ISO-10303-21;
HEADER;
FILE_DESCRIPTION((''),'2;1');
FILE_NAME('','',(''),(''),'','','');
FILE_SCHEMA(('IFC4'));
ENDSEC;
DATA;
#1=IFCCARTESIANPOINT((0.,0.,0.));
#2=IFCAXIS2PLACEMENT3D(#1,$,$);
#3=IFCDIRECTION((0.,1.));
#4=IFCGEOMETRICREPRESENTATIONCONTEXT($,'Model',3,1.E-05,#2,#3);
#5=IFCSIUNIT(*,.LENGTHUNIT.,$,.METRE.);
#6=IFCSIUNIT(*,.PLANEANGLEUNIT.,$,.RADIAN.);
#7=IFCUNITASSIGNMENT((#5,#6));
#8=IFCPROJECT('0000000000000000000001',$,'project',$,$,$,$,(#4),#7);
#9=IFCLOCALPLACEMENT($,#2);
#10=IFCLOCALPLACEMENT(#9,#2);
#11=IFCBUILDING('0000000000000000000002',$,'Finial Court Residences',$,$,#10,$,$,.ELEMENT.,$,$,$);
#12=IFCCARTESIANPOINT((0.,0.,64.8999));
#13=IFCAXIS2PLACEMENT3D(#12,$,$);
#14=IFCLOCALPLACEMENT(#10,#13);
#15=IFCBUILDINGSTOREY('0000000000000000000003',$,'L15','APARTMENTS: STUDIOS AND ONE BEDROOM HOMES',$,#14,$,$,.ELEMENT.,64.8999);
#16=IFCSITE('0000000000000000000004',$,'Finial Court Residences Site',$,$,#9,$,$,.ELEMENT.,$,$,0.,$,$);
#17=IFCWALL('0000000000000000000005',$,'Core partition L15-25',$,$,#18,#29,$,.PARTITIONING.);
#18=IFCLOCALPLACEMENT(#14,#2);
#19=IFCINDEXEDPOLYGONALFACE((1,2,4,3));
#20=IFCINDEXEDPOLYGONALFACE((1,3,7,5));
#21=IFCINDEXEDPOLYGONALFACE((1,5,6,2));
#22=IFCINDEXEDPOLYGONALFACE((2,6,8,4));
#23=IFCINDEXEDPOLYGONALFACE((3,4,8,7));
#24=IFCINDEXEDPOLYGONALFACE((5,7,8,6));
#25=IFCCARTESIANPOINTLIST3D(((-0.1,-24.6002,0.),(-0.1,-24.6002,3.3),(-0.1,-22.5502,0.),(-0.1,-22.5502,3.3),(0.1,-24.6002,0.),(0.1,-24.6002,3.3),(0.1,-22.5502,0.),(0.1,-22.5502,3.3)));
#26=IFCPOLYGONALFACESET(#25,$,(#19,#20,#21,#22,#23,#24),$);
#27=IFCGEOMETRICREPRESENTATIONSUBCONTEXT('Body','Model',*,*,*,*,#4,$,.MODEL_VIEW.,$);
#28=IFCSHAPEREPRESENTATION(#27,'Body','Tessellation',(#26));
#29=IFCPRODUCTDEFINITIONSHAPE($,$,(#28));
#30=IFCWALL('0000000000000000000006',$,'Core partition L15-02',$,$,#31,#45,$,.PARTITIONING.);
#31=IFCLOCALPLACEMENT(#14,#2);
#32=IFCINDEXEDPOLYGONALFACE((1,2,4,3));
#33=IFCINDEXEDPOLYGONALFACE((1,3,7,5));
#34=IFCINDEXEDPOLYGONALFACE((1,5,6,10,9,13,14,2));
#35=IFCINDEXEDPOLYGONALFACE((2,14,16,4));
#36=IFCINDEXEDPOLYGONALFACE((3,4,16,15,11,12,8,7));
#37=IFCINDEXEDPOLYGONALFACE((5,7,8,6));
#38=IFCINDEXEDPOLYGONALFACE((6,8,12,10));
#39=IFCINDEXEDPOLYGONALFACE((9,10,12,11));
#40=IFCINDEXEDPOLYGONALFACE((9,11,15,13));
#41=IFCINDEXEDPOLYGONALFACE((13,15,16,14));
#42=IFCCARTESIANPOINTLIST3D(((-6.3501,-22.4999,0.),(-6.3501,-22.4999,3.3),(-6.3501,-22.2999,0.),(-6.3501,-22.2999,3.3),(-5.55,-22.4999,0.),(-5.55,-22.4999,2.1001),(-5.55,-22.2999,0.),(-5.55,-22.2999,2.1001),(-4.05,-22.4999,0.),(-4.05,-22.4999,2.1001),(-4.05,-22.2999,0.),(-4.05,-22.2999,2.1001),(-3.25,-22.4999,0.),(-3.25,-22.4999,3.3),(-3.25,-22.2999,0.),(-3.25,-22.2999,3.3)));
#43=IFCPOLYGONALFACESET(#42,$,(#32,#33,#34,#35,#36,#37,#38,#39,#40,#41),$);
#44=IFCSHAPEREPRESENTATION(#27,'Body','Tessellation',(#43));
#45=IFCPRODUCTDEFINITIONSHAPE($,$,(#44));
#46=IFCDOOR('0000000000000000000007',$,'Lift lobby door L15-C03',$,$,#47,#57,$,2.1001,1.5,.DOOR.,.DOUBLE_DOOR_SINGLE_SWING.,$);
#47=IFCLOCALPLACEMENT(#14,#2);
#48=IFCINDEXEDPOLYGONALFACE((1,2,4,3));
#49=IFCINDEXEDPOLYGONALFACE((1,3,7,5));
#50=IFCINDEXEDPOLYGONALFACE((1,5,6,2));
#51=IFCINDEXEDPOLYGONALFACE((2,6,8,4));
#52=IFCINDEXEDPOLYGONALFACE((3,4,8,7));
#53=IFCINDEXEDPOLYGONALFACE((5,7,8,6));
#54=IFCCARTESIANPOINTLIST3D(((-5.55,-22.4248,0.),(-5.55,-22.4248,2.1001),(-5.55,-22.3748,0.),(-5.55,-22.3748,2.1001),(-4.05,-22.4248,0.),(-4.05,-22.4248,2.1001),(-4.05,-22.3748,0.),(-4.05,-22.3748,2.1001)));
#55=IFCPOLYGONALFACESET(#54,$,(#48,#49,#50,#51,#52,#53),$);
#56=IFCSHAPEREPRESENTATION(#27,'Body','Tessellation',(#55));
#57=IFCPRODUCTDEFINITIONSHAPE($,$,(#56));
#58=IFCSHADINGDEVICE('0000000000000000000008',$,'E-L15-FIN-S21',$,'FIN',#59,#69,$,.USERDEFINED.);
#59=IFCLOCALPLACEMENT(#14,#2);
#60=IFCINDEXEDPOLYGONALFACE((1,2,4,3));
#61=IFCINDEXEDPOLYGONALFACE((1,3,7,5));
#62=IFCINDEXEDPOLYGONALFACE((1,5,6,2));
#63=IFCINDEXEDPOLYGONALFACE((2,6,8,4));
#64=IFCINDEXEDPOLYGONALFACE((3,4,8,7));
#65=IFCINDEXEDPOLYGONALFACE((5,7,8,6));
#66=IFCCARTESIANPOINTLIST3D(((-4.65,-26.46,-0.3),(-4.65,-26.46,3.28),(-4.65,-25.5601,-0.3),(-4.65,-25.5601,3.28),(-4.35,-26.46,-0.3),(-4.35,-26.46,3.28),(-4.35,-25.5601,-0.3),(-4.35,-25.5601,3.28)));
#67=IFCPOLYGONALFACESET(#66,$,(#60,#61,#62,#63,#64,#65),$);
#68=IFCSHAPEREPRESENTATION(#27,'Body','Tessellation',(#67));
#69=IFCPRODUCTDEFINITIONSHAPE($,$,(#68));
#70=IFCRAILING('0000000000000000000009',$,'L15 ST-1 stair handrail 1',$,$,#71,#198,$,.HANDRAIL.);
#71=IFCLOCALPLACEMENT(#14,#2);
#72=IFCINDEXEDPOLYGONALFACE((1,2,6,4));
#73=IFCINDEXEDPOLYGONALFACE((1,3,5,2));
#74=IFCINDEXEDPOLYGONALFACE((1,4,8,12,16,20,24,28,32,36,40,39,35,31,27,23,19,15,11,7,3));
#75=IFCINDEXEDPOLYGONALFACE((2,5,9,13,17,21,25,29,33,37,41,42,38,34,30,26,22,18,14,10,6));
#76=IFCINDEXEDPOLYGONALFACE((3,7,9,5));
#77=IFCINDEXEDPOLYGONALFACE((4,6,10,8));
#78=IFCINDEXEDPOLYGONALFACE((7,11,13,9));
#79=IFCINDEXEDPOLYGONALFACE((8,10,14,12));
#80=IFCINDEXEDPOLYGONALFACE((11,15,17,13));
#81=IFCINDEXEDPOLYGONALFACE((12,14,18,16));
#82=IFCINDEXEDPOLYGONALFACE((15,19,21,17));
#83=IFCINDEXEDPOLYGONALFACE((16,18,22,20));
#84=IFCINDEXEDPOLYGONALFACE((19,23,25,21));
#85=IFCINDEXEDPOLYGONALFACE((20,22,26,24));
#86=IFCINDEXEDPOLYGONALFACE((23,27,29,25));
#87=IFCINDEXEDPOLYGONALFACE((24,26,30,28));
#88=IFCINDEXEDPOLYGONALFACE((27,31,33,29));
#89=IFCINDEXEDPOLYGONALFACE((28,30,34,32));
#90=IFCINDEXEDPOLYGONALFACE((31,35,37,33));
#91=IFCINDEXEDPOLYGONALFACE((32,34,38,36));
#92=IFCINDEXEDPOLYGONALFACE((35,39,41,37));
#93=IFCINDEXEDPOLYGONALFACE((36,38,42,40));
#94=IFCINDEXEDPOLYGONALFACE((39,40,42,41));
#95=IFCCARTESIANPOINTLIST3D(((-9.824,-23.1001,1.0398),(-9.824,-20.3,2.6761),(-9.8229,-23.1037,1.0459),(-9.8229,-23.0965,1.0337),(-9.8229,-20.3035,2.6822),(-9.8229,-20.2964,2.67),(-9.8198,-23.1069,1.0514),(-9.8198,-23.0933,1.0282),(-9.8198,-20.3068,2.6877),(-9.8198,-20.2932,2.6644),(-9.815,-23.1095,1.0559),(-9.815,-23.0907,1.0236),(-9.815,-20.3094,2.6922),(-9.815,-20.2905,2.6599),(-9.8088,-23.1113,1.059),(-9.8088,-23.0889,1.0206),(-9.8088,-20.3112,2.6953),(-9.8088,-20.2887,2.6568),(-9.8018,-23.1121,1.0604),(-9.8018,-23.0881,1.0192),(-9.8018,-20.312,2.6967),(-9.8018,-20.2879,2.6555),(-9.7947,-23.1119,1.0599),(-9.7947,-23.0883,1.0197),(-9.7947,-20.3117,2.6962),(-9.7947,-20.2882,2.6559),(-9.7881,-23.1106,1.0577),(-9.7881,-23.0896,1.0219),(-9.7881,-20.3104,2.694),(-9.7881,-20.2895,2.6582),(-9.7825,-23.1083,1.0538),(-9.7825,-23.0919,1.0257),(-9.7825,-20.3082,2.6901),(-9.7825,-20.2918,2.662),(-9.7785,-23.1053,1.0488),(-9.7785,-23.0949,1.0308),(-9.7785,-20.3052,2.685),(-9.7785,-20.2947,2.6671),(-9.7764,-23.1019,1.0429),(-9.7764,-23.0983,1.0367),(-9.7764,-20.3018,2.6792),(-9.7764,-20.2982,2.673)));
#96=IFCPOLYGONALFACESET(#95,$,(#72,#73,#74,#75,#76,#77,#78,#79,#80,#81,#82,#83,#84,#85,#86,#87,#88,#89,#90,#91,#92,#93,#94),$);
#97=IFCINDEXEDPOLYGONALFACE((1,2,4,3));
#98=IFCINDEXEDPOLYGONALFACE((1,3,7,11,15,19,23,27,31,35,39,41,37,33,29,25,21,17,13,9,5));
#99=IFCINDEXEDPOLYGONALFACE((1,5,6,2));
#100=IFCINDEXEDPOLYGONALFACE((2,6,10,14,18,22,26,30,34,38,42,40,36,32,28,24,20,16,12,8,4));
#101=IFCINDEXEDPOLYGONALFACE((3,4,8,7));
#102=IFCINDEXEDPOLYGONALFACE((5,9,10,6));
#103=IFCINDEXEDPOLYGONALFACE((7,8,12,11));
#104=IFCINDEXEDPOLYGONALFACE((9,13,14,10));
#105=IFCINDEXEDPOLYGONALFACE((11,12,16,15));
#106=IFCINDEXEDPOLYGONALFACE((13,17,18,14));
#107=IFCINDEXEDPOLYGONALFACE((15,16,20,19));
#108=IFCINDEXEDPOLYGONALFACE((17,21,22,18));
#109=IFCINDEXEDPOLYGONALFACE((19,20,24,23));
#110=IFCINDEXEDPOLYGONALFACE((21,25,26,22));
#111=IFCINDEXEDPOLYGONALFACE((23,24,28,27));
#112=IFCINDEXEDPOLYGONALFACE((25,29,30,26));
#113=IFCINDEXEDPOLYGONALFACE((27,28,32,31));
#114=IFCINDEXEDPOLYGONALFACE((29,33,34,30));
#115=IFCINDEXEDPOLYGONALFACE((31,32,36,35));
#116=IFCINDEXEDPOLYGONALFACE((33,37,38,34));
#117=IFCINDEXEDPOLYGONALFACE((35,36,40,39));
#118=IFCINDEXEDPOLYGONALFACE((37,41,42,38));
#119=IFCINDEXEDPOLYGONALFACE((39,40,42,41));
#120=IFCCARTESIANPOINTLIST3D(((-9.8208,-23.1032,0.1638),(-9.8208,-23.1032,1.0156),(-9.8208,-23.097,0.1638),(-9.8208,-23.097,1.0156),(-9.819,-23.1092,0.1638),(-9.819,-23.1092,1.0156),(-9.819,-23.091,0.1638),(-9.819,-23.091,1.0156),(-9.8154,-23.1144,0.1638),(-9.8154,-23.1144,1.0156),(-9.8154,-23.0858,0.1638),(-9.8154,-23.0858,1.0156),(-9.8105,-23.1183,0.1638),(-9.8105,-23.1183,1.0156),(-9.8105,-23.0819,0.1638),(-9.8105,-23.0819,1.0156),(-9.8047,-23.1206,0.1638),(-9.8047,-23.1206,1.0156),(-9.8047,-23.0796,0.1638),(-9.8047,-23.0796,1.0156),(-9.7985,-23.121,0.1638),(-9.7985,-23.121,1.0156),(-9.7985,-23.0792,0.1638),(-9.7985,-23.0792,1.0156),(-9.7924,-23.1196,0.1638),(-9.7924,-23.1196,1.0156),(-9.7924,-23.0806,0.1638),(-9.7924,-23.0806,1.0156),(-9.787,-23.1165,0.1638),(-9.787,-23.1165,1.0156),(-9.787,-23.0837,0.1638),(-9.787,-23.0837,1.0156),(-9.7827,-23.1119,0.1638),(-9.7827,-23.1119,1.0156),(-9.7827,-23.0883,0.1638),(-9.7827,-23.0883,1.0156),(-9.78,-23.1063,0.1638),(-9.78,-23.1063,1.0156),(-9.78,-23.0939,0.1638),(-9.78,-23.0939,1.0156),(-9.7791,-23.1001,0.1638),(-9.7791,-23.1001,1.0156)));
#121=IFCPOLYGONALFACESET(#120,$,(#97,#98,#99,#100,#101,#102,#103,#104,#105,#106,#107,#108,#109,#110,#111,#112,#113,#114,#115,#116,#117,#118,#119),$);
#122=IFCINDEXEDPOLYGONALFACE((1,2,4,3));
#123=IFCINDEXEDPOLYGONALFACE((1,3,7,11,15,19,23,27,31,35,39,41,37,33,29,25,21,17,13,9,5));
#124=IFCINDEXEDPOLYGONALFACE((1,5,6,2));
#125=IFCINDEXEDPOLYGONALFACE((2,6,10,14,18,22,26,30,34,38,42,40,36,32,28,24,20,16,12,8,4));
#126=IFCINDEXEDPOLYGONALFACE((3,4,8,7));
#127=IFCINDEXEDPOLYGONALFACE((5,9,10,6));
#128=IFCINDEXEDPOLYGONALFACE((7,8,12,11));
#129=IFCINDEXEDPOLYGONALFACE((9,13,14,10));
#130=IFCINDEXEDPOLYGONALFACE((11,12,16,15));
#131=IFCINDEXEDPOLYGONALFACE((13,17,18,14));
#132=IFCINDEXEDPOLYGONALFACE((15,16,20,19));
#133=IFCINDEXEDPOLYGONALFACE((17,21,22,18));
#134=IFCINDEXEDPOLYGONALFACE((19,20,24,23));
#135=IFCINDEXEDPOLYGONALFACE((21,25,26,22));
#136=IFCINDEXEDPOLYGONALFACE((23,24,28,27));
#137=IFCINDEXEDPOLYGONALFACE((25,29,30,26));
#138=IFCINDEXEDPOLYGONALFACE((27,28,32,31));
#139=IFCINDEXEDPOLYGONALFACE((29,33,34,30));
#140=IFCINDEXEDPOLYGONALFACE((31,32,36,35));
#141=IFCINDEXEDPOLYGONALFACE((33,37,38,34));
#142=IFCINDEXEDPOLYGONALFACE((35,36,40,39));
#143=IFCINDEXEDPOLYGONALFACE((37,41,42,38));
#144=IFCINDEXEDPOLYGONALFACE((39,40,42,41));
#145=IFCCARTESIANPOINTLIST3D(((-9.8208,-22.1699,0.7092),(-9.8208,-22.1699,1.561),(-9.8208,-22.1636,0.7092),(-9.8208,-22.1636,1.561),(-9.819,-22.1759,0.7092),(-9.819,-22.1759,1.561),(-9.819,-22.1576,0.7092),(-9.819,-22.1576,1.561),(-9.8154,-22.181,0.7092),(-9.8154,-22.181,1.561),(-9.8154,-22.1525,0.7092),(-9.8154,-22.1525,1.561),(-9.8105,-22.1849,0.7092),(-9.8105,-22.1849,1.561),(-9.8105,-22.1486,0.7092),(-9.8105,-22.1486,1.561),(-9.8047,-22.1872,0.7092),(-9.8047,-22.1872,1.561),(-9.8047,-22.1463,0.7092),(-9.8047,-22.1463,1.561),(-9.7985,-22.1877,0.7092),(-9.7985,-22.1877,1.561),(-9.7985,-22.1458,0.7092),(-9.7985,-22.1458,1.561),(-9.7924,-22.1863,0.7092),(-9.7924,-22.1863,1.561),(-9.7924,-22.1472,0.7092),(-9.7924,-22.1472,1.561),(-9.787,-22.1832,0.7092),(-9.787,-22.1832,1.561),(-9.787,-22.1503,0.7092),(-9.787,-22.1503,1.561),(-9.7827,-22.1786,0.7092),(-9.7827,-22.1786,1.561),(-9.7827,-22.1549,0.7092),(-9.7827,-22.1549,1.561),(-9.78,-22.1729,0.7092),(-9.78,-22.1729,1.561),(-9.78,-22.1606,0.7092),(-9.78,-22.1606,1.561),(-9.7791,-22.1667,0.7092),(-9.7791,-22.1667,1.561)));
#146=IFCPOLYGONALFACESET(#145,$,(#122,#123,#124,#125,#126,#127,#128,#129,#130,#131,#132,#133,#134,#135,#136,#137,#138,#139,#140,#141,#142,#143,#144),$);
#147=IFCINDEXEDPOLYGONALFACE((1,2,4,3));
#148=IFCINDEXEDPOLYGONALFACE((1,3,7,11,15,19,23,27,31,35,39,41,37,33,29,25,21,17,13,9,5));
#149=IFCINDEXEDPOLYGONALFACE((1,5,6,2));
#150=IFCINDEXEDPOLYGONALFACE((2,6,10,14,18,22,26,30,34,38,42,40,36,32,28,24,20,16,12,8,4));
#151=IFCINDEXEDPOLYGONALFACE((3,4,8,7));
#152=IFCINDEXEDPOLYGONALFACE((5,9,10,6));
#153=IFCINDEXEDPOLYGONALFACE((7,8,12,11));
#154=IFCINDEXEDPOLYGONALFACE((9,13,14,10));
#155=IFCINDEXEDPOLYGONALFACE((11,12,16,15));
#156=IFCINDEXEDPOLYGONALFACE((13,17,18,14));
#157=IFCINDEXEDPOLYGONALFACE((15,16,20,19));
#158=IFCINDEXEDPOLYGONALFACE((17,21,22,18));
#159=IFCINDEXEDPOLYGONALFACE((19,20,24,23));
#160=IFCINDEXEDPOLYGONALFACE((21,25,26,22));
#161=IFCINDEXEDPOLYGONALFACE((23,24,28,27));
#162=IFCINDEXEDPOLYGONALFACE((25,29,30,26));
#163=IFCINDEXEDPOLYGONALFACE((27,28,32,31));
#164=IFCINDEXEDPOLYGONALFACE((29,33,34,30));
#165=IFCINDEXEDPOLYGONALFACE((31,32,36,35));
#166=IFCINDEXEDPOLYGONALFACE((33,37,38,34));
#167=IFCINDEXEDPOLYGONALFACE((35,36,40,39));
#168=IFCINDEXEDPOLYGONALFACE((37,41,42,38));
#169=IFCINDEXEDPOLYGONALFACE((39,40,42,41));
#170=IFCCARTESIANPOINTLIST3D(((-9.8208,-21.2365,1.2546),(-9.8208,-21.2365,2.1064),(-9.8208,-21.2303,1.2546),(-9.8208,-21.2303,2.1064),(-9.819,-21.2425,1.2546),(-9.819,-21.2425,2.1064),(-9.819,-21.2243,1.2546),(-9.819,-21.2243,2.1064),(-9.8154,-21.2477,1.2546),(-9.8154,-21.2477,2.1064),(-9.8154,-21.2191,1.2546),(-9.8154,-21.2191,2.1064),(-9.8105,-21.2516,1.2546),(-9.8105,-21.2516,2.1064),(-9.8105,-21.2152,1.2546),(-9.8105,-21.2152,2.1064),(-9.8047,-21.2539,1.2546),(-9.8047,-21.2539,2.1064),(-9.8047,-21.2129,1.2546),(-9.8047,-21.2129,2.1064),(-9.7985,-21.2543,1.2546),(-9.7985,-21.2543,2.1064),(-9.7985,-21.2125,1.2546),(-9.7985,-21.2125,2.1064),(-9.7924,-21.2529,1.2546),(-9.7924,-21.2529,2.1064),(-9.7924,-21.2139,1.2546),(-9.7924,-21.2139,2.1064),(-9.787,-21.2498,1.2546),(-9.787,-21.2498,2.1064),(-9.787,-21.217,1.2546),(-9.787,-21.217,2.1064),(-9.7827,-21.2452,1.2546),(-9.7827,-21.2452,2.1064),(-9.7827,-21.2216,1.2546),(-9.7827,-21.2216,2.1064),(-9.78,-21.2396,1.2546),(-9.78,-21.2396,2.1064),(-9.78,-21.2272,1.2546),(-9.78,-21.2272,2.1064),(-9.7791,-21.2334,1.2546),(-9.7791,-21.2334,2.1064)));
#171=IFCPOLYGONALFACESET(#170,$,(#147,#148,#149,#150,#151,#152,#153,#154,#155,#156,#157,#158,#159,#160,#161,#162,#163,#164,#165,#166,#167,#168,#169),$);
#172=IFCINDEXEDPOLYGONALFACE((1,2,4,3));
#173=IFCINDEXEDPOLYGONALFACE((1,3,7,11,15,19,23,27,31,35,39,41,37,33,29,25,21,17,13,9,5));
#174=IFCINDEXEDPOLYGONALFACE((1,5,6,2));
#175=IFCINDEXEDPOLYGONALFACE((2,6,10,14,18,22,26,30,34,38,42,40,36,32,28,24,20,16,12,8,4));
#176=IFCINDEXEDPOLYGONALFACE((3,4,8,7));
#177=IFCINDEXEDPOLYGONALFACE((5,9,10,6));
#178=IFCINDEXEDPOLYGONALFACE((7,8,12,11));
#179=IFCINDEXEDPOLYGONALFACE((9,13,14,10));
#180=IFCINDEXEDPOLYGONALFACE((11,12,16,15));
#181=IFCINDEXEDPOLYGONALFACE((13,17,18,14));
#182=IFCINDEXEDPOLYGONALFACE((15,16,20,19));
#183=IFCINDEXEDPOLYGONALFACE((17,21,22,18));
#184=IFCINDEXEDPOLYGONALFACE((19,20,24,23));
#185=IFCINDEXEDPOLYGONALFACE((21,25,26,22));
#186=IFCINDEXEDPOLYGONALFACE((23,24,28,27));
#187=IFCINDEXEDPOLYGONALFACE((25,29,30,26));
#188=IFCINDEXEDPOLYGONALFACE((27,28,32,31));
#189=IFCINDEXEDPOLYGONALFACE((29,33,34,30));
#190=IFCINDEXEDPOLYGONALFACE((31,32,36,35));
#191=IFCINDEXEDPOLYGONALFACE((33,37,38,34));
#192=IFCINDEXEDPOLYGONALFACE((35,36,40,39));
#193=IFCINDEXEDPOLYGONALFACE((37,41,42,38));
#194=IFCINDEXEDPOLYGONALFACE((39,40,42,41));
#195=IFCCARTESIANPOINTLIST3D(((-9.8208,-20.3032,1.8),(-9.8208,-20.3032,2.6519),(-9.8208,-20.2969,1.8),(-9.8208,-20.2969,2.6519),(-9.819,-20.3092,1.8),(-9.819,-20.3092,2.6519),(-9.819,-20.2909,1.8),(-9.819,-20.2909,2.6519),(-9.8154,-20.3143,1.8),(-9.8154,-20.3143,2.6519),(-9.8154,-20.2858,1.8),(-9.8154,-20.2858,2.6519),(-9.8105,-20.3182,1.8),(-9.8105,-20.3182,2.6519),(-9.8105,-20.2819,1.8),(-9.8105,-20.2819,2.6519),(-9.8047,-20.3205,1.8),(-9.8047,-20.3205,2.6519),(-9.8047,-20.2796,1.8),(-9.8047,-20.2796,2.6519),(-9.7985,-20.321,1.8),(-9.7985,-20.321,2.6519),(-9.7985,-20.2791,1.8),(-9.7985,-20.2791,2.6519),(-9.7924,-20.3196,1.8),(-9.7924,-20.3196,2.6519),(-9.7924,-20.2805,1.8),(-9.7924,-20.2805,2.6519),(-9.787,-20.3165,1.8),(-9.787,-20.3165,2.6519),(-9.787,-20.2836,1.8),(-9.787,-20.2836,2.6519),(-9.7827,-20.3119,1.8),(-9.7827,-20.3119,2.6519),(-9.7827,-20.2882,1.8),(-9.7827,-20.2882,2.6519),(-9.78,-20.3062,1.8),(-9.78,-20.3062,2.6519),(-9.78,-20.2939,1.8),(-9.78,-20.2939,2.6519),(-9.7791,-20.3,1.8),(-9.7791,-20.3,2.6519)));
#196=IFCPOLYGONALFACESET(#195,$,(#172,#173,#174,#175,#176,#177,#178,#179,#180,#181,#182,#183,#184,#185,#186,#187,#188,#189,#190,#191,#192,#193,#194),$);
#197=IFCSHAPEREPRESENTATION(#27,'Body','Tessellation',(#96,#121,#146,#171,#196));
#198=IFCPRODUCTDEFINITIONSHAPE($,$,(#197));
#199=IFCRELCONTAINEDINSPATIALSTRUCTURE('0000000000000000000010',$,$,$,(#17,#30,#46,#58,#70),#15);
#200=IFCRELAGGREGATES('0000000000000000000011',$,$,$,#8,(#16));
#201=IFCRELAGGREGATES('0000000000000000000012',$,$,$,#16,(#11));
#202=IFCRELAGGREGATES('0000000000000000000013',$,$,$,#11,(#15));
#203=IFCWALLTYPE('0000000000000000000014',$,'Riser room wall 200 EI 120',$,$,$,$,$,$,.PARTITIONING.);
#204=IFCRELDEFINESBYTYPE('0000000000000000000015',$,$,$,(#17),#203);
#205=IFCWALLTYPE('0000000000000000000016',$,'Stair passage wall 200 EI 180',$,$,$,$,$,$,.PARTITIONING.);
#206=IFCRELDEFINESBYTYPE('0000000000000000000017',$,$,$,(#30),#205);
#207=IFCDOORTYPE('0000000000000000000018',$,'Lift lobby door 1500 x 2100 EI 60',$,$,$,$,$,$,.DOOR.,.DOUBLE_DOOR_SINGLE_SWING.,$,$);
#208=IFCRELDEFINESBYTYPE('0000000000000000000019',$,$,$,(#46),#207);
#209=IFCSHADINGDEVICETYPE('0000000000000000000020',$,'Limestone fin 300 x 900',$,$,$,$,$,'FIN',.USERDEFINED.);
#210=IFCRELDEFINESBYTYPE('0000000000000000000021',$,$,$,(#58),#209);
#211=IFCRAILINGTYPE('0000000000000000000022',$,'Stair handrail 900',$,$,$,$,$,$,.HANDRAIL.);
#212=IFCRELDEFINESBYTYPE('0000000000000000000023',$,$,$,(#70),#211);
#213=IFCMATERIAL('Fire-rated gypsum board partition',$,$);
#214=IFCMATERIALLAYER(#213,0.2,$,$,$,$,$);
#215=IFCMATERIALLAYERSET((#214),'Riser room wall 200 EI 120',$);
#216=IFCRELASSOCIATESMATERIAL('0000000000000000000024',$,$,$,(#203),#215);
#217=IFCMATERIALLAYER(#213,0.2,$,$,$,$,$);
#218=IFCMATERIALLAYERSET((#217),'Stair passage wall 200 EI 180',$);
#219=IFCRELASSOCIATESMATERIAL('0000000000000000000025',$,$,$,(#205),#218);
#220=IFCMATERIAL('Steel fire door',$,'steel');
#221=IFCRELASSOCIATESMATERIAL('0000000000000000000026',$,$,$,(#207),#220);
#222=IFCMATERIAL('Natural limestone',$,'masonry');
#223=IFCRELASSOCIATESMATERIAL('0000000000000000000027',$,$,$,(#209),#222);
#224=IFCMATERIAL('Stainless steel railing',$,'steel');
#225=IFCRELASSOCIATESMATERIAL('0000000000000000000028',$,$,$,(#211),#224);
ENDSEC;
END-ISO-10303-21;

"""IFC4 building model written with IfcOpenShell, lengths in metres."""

from ifc_helpers import new_model, si_unit, direction, frame, frame_2d, origin, origin_2d, place, context, subcontext, project, spatial, rectangle, circle, extrude, material, layer, layer_set, type_object, element, fill, save


model = new_model("IFC4")

# Units and contexts
model_context = context("Model", 3, precision=1e-05, world=origin(), true_north=direction((0.0, 1.0)))
body_context = subcontext(model_context, "Body", "Model", "MODEL_VIEW")
ifc_project = project(units=[si_unit("LENGTHUNIT", "METRE"), si_unit("PLANEANGLEUNIT", "RADIAN")], contexts=[model_context])

# Site, building, storey
site_placement = place(None, origin())
site = spatial("IfcSite", under=ifc_project, at=site_placement, Name="Finial Court Residences Site", CompositionType="ELEMENT", RefElevation=0.0)
building_placement = place(site_placement, origin())
building = spatial("IfcBuilding", under=site, at=building_placement, Name="Finial Court Residences", CompositionType="ELEMENT")
storey_placement = place(building_placement, frame((0.0, 0.0, 64.8999)))
storey = spatial("IfcBuildingStorey", under=building, at=storey_placement, Name="L15", Description="APARTMENTS: STUDIOS AND ONE BEDROOM HOMES", CompositionType="ELEMENT", Elevation=64.8999)

# Shared definitions
ifc_material_1 = material(Name="Steel fire door", Category="steel")

# Wall
ifc_material_2 = material(Name="Fire-rated gypsum board partition")
ifc_layer_1 = layer(ifc_material_2, 0.2)
ifc_layer_set_1 = layer_set([ifc_layer_1], Name="Riser room wall 200 EI 120")
wall_type_1 = type_object("IfcWallType", Name="Riser room wall 200 EI 120", PredefinedType="PARTITIONING", material=ifc_layer_set_1)
wall_1_placement = place(storey_placement, frame((0.0, -24.6001, 0.0), z_axis=(0.0, 0.0, 1.0), x_axis=(0.0, 1.0, 0.0)))
element("IfcWall", 1, at=wall_1_placement, inside=storey, type_object=wall_type_1, Name="Core partition L15-25", PredefinedType="PARTITIONING", context=body_context, shape_type="SweptSolid", body=[
    extrude(rectangle(XDim=2.05, YDim=0.2, at=frame_2d((1.0249, 0.0))), origin(), (0.0, 0.0, 1.0), 3.3),
])

# Wall, opening, door
ifc_layer_2 = layer(ifc_material_2, 0.2)
ifc_layer_set_2 = layer_set([ifc_layer_2], Name="Stair passage wall 200 EI 180")
wall_type_2 = type_object("IfcWallType", Name="Stair passage wall 200 EI 180", PredefinedType="PARTITIONING", material=ifc_layer_set_2)
wall_2_placement = place(storey_placement, frame((-3.25, -22.3999, 0.0), z_axis=(0.0, 0.0, 1.0), x_axis=(-1.0, 0.0, 0.0)))
wall_2 = element("IfcWall", 2, at=wall_2_placement, inside=storey, type_object=wall_type_2, Name="Core partition L15-02", PredefinedType="PARTITIONING", context=body_context, shape_type="SweptSolid", body=[
    extrude(rectangle(XDim=3.1001, YDim=0.2, at=frame_2d((1.55, 0.0))), origin(), (0.0, 0.0, 1.0), 3.3),
])
opening_1_placement = place(wall_2_placement, frame((0.8, 0.0, 0.0)))
opening_1 = element("IfcOpeningElement", 3, at=opening_1_placement, cuts=wall_2, PredefinedType="OPENING", context=body_context, shape_type="SweptSolid", body=[
    extrude(rectangle(XDim=1.5, YDim=2.1001, at=frame_2d((0.75, 1.05))), frame((0.0, 0.1099, 0.0), z_axis=(0.0, -1.0, 0.0), x_axis=(1.0, 0.0, 0.0)), (0.0, 0.0, 1.0), 0.22),
])
door_type_1 = type_object("IfcDoorType", Name="Lift lobby door 1500 x 2100 EI 60", OperationType="DOUBLE_DOOR_SINGLE_SWING", PredefinedType="DOOR", material=ifc_material_1)
door_1_placement = place(opening_1_placement, origin())
door_1 = element("IfcDoor", 4, at=door_1_placement, inside=storey, type_object=door_type_1, Name="Lift lobby door L15-C03", OperationType="DOUBLE_DOOR_SINGLE_SWING", OverallHeight=2.1001, OverallWidth=1.5, PredefinedType="DOOR", context=body_context, shape_type="SweptSolid", body=[
    extrude(rectangle(XDim=1.5, YDim=2.1001, at=frame_2d((0.75, 1.05))), frame((0.0, 0.0249, 0.0), z_axis=(0.0, -1.0, 0.0), x_axis=(1.0, 0.0, 0.0)), (0.0, 0.0, 1.0), 0.05),
])
fill(opening_1, door_1)

# Shading device
ifc_material_3 = material(Name="Natural limestone", Category="masonry")
shading_device_type = type_object("IfcShadingDeviceType", Name="Limestone fin 300 x 900", ElementType="FIN", PredefinedType="USERDEFINED", material=ifc_material_3)
shading_device_placement = place(storey_placement, frame((-4.5, -26.01, -0.3), z_axis=(0.0, 0.0, 1.0), x_axis=(1.0, 0.0, 0.0)))
element("IfcShadingDevice", 5, at=shading_device_placement, inside=storey, type_object=shading_device_type, Name="E-L15-FIN-S21", ObjectType="FIN", PredefinedType="USERDEFINED", context=body_context, shape_type="SweptSolid", body=[
    extrude(rectangle(XDim=0.3, YDim=0.8999, at=origin_2d()), origin(), (0.0, 0.0, 1.0), 3.5801),
])

# Railing
ifc_material_4 = material(Name="Stainless steel railing", Category="steel")
railing_type = type_object("IfcRailingType", Name="Stair handrail 900", PredefinedType="HANDRAIL", material=ifc_material_4)
railing_placement = place(storey_placement, frame((-9.8, -23.1001, 0.1638)))
element("IfcRailing", 6, at=railing_placement, inside=storey, type_object=railing_type, Name="L15 ST-1 stair handrail 1", PredefinedType="HANDRAIL", context=body_context, shape_type="SweptSolid", body=[
    extrude(circle(Radius=0.0239, at=origin_2d()), frame((0.0, 0.0, 0.876), z_axis=(0.0, 0.863394, 0.504531), x_axis=(-1.0, 0.0, 0.0)), (0.0, 0.0, 1.0), 3.2432),
    extrude(circle(Radius=0.021, at=origin_2d()), origin(), (0.0, 0.0, 1.0), 0.8518),
    extrude(circle(Radius=0.021, at=origin_2d()), frame((0.0, 0.9333, 0.5454)), (0.0, 0.0, 1.0), 0.8518),
    extrude(circle(Radius=0.021, at=origin_2d()), frame((0.0, 1.8667, 1.0908)), (0.0, 0.0, 1.0), 0.8518),
    extrude(circle(Radius=0.021, at=origin_2d()), frame((0.0, 2.8, 1.6362)), (0.0, 0.0, 1.0), 0.8518),
])

save(model, "model.ifc")
